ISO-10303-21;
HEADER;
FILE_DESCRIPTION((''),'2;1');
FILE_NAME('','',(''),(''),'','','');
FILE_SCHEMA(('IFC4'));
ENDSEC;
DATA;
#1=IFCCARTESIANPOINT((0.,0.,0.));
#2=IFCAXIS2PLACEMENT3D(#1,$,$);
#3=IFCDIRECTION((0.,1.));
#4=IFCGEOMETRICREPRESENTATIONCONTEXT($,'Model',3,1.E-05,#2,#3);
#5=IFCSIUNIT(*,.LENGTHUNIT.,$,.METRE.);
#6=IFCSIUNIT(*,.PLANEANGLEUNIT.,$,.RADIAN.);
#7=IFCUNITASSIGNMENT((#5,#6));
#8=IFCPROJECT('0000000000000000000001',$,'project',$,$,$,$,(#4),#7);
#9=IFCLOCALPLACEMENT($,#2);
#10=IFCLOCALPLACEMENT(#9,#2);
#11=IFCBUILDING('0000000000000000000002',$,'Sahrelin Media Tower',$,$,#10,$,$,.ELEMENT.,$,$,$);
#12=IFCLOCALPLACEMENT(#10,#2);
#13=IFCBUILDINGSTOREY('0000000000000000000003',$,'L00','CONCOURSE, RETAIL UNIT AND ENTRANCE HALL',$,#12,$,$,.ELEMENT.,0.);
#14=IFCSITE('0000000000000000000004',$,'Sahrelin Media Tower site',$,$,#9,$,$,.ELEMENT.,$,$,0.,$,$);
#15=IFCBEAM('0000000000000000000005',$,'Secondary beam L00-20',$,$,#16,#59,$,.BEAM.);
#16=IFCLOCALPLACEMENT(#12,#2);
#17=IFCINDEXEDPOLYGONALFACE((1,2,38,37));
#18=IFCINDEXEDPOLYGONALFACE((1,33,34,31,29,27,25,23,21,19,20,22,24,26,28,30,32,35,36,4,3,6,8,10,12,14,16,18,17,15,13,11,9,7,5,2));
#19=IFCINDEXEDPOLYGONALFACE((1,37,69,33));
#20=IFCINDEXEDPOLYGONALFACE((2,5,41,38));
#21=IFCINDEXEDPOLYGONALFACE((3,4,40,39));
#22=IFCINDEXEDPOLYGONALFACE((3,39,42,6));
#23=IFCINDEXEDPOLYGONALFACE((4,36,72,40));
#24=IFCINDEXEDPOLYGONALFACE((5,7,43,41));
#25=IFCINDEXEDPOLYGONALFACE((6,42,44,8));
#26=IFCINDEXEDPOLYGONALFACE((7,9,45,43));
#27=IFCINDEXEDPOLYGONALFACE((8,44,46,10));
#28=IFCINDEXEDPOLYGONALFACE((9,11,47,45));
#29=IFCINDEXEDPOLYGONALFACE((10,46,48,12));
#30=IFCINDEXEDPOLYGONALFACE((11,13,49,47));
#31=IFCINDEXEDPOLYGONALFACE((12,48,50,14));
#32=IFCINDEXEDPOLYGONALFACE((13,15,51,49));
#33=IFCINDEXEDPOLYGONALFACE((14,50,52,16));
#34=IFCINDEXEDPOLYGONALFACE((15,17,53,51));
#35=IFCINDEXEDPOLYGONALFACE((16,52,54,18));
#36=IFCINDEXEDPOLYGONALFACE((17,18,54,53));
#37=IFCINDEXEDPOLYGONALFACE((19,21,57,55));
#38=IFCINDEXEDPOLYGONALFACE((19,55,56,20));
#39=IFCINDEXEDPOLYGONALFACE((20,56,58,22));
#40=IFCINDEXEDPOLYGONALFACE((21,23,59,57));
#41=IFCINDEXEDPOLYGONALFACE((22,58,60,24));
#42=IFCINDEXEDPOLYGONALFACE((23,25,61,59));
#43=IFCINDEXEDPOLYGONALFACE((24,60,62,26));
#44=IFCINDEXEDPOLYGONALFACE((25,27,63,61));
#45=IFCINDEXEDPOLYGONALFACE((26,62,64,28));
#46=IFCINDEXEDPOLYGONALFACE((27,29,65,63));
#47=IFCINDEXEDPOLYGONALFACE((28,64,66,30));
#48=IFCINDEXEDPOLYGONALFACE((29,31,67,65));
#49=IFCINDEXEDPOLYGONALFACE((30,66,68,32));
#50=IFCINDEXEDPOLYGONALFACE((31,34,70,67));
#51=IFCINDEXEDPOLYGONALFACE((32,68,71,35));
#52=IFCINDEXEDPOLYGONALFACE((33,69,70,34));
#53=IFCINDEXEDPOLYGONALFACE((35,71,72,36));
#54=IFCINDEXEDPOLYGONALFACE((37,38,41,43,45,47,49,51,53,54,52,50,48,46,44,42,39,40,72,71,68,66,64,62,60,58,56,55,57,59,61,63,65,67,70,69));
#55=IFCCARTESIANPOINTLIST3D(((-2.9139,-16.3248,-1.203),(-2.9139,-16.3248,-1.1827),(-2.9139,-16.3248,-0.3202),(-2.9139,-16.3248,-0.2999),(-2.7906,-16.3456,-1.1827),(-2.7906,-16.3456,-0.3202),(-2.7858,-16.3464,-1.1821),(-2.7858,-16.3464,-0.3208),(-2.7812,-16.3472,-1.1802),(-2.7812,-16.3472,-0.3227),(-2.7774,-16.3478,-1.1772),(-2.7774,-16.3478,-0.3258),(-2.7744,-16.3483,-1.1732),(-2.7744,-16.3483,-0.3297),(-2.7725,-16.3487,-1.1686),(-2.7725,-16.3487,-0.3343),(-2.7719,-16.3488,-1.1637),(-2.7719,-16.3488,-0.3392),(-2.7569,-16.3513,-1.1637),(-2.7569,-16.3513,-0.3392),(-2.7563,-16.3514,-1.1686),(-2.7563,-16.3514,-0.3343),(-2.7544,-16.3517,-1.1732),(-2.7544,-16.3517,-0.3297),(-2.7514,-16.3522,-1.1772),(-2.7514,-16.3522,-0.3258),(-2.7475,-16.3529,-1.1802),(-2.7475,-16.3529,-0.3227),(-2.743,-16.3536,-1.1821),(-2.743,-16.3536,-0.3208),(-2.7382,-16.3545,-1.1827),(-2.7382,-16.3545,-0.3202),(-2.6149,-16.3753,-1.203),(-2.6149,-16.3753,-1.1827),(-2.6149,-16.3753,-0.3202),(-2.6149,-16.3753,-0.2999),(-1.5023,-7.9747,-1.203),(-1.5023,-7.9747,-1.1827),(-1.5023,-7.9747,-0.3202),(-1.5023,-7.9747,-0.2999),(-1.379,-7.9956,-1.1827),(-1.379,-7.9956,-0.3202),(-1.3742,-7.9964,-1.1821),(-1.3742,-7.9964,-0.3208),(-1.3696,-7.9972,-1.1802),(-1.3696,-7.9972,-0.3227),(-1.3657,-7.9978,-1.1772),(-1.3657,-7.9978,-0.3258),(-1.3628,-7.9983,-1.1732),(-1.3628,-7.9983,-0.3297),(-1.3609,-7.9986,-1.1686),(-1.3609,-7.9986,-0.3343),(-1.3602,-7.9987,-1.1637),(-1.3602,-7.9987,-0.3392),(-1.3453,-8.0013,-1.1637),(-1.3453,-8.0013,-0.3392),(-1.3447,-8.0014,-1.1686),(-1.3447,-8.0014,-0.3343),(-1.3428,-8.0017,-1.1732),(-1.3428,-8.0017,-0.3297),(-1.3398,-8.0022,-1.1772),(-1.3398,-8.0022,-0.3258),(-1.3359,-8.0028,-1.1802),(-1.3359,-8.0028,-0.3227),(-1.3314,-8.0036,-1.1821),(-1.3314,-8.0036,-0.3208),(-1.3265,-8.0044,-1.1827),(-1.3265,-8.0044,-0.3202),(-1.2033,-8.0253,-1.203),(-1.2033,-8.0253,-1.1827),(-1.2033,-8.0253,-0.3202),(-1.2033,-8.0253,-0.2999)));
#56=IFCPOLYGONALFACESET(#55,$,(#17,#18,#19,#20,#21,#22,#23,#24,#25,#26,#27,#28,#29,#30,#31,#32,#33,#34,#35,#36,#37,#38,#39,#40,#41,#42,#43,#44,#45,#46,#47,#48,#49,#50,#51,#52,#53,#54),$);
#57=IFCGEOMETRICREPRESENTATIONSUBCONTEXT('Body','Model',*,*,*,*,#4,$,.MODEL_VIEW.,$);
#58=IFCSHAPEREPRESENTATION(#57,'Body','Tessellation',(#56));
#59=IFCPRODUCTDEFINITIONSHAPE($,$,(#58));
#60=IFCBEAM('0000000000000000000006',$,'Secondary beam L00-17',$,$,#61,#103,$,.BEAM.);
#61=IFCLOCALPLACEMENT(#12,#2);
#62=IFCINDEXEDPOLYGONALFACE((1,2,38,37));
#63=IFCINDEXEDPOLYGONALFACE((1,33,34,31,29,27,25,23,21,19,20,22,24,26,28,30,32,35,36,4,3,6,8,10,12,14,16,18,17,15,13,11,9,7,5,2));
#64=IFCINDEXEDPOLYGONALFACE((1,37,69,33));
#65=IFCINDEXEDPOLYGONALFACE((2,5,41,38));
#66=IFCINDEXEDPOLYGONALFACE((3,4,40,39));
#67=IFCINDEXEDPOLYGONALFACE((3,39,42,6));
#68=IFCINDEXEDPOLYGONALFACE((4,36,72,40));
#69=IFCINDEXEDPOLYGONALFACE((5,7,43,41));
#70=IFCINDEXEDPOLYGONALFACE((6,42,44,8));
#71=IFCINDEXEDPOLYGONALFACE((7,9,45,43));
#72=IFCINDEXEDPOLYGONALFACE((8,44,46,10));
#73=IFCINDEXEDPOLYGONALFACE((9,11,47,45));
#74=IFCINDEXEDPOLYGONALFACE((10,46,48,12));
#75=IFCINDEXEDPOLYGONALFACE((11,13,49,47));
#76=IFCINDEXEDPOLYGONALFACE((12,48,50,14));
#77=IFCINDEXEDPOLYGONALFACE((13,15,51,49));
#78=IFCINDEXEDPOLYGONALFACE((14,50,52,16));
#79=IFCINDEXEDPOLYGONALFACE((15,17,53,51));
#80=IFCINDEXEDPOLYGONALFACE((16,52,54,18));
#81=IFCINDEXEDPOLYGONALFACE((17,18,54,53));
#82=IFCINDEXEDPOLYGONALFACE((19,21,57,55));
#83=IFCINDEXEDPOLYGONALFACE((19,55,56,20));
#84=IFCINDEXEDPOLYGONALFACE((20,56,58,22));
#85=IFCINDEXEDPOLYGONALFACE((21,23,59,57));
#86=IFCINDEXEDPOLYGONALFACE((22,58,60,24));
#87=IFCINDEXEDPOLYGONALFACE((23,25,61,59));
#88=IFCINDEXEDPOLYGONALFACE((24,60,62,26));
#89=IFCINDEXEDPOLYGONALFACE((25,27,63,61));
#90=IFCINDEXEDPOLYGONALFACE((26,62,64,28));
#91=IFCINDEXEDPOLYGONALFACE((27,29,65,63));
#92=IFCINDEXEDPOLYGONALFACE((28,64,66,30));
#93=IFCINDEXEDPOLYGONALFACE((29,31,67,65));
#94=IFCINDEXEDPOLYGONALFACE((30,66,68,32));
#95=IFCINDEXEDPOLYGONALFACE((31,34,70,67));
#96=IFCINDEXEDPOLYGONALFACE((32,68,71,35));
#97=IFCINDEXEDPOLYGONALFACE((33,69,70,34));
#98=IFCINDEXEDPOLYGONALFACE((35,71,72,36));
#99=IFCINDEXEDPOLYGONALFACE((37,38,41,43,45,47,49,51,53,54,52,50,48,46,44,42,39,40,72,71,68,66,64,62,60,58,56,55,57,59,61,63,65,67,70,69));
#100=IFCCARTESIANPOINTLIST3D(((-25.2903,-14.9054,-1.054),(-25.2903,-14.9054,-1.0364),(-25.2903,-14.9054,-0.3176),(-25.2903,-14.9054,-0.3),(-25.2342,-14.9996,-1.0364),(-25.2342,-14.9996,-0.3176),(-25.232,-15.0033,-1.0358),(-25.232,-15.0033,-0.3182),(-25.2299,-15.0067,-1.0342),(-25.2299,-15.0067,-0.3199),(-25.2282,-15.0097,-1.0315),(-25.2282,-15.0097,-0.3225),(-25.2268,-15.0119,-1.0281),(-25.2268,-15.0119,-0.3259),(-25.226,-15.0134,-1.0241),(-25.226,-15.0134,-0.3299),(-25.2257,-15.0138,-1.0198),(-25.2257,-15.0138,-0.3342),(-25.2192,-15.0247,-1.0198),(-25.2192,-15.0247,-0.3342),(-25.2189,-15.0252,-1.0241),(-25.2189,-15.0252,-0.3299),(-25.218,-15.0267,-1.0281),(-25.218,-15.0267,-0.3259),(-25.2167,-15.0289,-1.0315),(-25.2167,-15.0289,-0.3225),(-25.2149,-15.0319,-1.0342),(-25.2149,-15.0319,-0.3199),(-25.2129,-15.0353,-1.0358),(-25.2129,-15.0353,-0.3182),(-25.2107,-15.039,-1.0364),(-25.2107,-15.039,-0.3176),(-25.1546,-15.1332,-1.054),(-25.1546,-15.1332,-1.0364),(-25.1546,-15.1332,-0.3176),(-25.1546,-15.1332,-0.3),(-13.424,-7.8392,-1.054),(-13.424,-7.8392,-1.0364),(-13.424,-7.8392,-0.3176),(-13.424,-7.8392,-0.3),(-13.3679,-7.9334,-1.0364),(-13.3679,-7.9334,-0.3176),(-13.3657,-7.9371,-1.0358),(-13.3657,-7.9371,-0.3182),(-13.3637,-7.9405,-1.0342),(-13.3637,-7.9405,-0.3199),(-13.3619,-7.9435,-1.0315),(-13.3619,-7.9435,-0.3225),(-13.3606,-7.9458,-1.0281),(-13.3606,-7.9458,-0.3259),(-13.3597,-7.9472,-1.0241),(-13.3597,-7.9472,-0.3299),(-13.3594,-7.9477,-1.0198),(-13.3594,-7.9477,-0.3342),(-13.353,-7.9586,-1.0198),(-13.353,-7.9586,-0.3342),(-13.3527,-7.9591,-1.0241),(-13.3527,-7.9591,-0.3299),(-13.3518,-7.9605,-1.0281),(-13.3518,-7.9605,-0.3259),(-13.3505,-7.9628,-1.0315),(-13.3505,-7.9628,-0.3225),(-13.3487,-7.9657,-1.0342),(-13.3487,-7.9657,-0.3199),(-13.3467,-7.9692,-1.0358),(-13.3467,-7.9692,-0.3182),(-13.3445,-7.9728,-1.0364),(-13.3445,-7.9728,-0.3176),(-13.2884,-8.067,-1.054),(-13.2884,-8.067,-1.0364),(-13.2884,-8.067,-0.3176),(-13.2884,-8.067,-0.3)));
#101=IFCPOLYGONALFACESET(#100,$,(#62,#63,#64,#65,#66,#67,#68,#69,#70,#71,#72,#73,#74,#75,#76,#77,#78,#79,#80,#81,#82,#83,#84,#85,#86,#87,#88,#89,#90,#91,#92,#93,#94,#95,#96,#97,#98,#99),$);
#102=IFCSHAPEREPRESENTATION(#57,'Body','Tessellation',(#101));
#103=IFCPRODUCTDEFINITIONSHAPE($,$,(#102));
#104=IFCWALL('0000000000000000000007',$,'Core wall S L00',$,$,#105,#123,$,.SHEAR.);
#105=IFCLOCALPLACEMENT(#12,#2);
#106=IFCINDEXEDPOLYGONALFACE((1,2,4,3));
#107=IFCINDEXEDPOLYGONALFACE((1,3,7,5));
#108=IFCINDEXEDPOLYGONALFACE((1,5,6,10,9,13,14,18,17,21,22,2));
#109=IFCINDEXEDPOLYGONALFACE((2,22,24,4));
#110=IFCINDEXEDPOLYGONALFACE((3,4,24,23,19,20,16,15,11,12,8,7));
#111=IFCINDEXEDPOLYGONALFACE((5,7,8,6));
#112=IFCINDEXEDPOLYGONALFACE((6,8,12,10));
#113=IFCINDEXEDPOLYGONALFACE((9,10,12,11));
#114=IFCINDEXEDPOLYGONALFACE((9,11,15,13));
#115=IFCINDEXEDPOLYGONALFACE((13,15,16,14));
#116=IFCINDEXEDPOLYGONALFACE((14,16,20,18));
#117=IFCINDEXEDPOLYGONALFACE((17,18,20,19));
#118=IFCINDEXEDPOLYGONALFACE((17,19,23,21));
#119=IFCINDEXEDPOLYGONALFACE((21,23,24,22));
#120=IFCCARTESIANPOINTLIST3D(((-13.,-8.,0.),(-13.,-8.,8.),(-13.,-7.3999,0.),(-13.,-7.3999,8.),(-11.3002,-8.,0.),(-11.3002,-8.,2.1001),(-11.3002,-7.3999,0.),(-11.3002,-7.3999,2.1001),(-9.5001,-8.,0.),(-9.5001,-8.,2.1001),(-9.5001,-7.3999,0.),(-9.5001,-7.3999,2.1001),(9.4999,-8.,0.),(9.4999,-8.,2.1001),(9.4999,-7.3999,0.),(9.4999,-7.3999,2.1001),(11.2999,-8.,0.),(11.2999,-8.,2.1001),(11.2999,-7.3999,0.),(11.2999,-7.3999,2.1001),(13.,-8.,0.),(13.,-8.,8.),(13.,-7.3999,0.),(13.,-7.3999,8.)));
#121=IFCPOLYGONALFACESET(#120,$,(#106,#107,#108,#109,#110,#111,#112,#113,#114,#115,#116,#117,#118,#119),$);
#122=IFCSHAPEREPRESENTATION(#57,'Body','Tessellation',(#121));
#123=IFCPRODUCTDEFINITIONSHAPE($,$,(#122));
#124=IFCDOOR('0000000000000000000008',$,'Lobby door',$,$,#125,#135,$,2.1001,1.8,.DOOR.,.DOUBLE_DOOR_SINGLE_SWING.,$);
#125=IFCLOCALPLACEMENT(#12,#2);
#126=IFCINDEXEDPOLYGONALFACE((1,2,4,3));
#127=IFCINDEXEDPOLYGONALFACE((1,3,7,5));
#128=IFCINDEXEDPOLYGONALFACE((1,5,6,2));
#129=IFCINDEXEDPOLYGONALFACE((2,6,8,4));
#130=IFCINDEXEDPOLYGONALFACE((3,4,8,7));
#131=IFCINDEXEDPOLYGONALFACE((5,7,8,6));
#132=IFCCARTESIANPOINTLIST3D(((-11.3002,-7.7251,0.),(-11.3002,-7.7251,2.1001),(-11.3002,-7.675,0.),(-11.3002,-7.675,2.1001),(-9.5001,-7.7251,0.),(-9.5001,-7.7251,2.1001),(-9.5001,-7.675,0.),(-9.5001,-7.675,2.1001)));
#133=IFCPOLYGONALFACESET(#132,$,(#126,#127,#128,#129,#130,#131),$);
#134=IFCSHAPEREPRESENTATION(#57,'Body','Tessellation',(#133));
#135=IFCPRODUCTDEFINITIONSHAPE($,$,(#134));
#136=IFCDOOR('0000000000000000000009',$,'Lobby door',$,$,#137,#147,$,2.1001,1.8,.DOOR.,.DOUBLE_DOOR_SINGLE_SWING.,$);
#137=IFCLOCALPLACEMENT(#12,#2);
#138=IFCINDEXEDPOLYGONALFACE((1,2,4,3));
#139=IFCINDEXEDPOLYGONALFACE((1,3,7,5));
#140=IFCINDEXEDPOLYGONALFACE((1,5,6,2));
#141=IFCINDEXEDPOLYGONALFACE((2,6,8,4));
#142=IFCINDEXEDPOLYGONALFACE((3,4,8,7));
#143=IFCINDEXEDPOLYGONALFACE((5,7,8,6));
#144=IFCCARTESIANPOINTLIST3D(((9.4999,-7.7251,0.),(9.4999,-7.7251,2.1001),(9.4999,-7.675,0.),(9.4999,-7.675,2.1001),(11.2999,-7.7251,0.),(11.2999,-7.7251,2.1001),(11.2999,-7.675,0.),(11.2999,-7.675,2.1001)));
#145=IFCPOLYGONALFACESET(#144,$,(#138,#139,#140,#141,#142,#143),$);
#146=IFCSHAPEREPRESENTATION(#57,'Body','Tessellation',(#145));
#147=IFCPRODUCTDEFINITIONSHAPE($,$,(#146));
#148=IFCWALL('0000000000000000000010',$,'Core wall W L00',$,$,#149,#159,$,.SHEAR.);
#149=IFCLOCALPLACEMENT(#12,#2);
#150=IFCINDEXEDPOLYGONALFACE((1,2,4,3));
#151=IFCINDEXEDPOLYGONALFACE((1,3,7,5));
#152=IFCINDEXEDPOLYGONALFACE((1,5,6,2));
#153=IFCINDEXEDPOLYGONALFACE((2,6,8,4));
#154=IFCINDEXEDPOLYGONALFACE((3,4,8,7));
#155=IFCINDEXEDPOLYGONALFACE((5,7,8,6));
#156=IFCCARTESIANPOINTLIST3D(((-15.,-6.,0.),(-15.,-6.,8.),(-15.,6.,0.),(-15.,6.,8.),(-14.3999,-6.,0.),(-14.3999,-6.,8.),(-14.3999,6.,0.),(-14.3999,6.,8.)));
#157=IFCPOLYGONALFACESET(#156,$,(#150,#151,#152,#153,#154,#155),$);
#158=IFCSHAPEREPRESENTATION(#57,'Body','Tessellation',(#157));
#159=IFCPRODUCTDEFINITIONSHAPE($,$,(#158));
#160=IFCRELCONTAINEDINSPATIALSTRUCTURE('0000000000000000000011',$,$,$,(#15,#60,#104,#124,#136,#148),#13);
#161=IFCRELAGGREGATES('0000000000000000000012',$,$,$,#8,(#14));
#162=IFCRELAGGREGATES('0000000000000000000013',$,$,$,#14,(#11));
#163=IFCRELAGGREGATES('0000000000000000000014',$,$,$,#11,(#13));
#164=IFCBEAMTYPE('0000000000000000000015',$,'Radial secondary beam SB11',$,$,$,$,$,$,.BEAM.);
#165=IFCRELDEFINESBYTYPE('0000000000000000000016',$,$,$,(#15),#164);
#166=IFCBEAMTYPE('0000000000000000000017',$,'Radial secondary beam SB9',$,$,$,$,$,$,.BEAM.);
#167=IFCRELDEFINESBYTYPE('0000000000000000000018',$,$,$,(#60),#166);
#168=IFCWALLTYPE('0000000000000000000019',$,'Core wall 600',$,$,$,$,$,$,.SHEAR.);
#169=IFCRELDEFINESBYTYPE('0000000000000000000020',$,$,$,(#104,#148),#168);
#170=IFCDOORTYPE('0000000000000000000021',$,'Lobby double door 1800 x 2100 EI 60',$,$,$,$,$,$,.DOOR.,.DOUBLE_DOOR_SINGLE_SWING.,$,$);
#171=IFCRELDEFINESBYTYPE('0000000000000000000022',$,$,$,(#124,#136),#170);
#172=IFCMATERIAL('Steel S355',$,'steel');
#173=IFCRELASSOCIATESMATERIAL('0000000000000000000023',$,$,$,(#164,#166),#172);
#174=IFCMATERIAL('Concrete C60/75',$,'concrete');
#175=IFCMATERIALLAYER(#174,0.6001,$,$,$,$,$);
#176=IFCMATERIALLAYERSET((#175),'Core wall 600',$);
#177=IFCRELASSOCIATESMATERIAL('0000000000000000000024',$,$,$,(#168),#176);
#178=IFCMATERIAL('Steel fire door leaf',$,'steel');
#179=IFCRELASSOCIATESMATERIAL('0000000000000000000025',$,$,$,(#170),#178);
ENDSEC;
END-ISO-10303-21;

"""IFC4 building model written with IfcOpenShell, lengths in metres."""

from ifc_helpers import new_model, si_unit, direction, frame, frame_2d, origin, origin_2d, place, context, subcontext, project, spatial, rectangle, i_section, extrude, material, layer, layer_set, material_profile, profile_set, type_object, element, fill, save


model = new_model("IFC4")

# Units and contexts
model_context = context("Model", 3, precision=1e-05, world=origin(), true_north=direction((0.0, 1.0)))
body_context = subcontext(model_context, "Body", "Model", "MODEL_VIEW")
ifc_project = project(units=[si_unit("LENGTHUNIT", "METRE"), si_unit("PLANEANGLEUNIT", "RADIAN")], contexts=[model_context])

# Site, building, storey
site_placement = place(None, origin())
site = spatial("IfcSite", under=ifc_project, at=site_placement, Name="Sahrelin Media Tower site", CompositionType="ELEMENT", RefElevation=0.0)
building_placement = place(site_placement, origin())
building = spatial("IfcBuilding", under=site, at=building_placement, Name="Sahrelin Media Tower", CompositionType="ELEMENT")
storey_placement = place(building_placement, origin())
storey = spatial("IfcBuildingStorey", under=building, at=storey_placement, Name="L00", Description="CONCOURSE, RETAIL UNIT AND ENTRANCE HALL", CompositionType="ELEMENT", Elevation=0.0)

# Beams
ifc_material_1 = material(Name="Steel S355", Category="steel")
ifc_material_profile_1 = material_profile(ifc_material_1, i_section(OverallWidth=0.3032, OverallDepth=0.9031, WebThickness=0.0151, FlangeThickness=0.0203, FilletRadius=0.019, at=origin_2d()), Name="UB 914x305x201")
ifc_profile_set_1 = profile_set([ifc_material_profile_1], Name="Steel S355")
beam_type_1 = type_object("IfcBeamType", Name="Radial secondary beam SB11", PredefinedType="BEAM", material=ifc_profile_set_1)
beam_1_placement = place(storey_placement, frame((-1.3528, -8.0, -0.7515), z_axis=(-0.166689, -0.986009, 0.0), x_axis=(0.986009, -0.166689, 0.0)))
element("IfcBeam", 1, at=beam_1_placement, inside=storey, type_object=beam_type_1, Name="Secondary beam L00-20", PredefinedType="BEAM", context=body_context, shape_type="SweptSolid", body=[
    extrude(i_section(OverallWidth=0.3032, OverallDepth=0.9031, WebThickness=0.0151, FlangeThickness=0.0203, FilletRadius=0.019, at=origin_2d()), origin(), (0.0, 0.0, 1.0), 8.4685),
])
ifc_material_profile_2 = material_profile(ifc_material_1, i_section(OverallWidth=0.2651, OverallDepth=0.7539, WebThickness=0.0127, FlangeThickness=0.0176, FilletRadius=0.0166, at=origin_2d()), Name="UB 762x267x147")
ifc_profile_set_2 = profile_set([ifc_material_profile_2], Name="Steel S355")
beam_type_2 = type_object("IfcBeamType", Name="Radial secondary beam SB9", PredefinedType="BEAM", material=ifc_profile_set_2)
beam_2_placement = place(storey_placement, frame((-13.3562, -7.9531, -0.677), z_axis=(-0.859199, -0.511641, 0.0), x_axis=(0.511641, -0.859199, 0.0)))
element("IfcBeam", 2, at=beam_2_placement, inside=storey, type_object=beam_type_2, Name="Secondary beam L00-17", PredefinedType="BEAM", context=body_context, shape_type="SweptSolid", body=[
    extrude(i_section(OverallWidth=0.2651, OverallDepth=0.7539, WebThickness=0.0127, FlangeThickness=0.0176, FilletRadius=0.0166, at=origin_2d()), origin(), (0.0, 0.0, 1.0), 13.8108),
])

# Wall, openings, doors
ifc_material_2 = material(Name="Concrete C60/75", Category="concrete")
ifc_layer_1 = layer(ifc_material_2, 0.6001)
ifc_layer_set_1 = layer_set([ifc_layer_1], Name="Core wall 600")
wall_type_1 = type_object("IfcWallType", Name="Core wall 600", PredefinedType="SHEAR", material=ifc_layer_set_1)
wall_1_placement = place(storey_placement, frame((-13.0, -7.7, 0.0), z_axis=(0.0, 0.0, 1.0), x_axis=(1.0, 0.0, 0.0)))
wall_1 = element("IfcWall", 3, at=wall_1_placement, inside=storey, type_object=wall_type_1, Name="Core wall S L00", PredefinedType="SHEAR", context=body_context, shape_type="SweptSolid", body=[
    extrude(rectangle(XDim=26.0, YDim=0.6001, at=frame_2d((13.0, 0.0))), origin(), (0.0, 0.0, 1.0), 8.0),
])
opening_1_placement = place(wall_1_placement, frame((1.7, 0.0, 0.0)))
opening_1 = element("IfcOpeningElement", 4, at=opening_1_placement, cuts=wall_1, PredefinedType="OPENING", context=body_context, shape_type="SweptSolid", body=[
    extrude(rectangle(XDim=1.8, YDim=2.1001, at=frame_2d((0.8999, 1.05))), frame((0.0, 0.3, 0.0), z_axis=(0.0, -1.0, 0.0), x_axis=(1.0, 0.0, 0.0)), (0.0, 0.0, 1.0), 0.6001),
])
opening_2_placement = place(wall_1_placement, frame((22.5, 0.0, 0.0)))
opening_2 = element("IfcOpeningElement", 5, at=opening_2_placement, cuts=wall_1, PredefinedType="OPENING", context=body_context, shape_type="SweptSolid", body=[
    extrude(rectangle(XDim=1.8, YDim=2.1001, at=frame_2d((0.8999, 1.05))), frame((0.0, 0.3, 0.0), z_axis=(0.0, -1.0, 0.0), x_axis=(1.0, 0.0, 0.0)), (0.0, 0.0, 1.0), 0.6001),
])
ifc_material_3 = material(Name="Steel fire door leaf", Category="steel")
door_type_1 = type_object("IfcDoorType", Name="Lobby double door 1800 x 2100 EI 60", OperationType="DOUBLE_DOOR_SINGLE_SWING", PredefinedType="DOOR", material=ifc_material_3)
door_1_placement = place(opening_1_placement, origin())
door_1 = element("IfcDoor", 6, at=door_1_placement, inside=storey, type_object=door_type_1, Name="Lobby door", OperationType="DOUBLE_DOOR_SINGLE_SWING", OverallHeight=2.1001, OverallWidth=1.8, PredefinedType="DOOR", context=body_context, shape_type="SweptSolid", body=[
    extrude(rectangle(XDim=1.8, YDim=2.1001, at=frame_2d((0.8999, 1.05))), frame((0.0, 0.0249, 0.0), z_axis=(0.0, -1.0, 0.0), x_axis=(1.0, 0.0, 0.0)), (0.0, 0.0, 1.0), 0.05),
])
fill(opening_1, door_1)
door_2_placement = place(opening_2_placement, origin())
door_2 = element("IfcDoor", 7, at=door_2_placement, inside=storey, type_object=door_type_1, Name="Lobby door", OperationType="DOUBLE_DOOR_SINGLE_SWING", OverallHeight=2.1001, OverallWidth=1.8, PredefinedType="DOOR", context=body_context, shape_type="SweptSolid", body=[
    extrude(rectangle(XDim=1.8, YDim=2.1001, at=frame_2d((0.8999, 1.05))), frame((0.0, 0.0249, 0.0), z_axis=(0.0, -1.0, 0.0), x_axis=(1.0, 0.0, 0.0)), (0.0, 0.0, 1.0), 0.05),
])
fill(opening_2, door_2)

# Wall
wall_2_placement = place(storey_placement, frame((-14.7, -6.0, 0.0), z_axis=(0.0, 0.0, 1.0), x_axis=(0.0, 1.0, 0.0)))
element("IfcWall", 8, at=wall_2_placement, inside=storey, type_object=wall_type_1, Name="Core wall W L00", PredefinedType="SHEAR", context=body_context, shape_type="SweptSolid", body=[
    extrude(rectangle(XDim=12.0, YDim=0.6001, at=frame_2d((6.0, 0.0))), origin(), (0.0, 0.0, 1.0), 8.0),
])

save(model, "model.ifc")
